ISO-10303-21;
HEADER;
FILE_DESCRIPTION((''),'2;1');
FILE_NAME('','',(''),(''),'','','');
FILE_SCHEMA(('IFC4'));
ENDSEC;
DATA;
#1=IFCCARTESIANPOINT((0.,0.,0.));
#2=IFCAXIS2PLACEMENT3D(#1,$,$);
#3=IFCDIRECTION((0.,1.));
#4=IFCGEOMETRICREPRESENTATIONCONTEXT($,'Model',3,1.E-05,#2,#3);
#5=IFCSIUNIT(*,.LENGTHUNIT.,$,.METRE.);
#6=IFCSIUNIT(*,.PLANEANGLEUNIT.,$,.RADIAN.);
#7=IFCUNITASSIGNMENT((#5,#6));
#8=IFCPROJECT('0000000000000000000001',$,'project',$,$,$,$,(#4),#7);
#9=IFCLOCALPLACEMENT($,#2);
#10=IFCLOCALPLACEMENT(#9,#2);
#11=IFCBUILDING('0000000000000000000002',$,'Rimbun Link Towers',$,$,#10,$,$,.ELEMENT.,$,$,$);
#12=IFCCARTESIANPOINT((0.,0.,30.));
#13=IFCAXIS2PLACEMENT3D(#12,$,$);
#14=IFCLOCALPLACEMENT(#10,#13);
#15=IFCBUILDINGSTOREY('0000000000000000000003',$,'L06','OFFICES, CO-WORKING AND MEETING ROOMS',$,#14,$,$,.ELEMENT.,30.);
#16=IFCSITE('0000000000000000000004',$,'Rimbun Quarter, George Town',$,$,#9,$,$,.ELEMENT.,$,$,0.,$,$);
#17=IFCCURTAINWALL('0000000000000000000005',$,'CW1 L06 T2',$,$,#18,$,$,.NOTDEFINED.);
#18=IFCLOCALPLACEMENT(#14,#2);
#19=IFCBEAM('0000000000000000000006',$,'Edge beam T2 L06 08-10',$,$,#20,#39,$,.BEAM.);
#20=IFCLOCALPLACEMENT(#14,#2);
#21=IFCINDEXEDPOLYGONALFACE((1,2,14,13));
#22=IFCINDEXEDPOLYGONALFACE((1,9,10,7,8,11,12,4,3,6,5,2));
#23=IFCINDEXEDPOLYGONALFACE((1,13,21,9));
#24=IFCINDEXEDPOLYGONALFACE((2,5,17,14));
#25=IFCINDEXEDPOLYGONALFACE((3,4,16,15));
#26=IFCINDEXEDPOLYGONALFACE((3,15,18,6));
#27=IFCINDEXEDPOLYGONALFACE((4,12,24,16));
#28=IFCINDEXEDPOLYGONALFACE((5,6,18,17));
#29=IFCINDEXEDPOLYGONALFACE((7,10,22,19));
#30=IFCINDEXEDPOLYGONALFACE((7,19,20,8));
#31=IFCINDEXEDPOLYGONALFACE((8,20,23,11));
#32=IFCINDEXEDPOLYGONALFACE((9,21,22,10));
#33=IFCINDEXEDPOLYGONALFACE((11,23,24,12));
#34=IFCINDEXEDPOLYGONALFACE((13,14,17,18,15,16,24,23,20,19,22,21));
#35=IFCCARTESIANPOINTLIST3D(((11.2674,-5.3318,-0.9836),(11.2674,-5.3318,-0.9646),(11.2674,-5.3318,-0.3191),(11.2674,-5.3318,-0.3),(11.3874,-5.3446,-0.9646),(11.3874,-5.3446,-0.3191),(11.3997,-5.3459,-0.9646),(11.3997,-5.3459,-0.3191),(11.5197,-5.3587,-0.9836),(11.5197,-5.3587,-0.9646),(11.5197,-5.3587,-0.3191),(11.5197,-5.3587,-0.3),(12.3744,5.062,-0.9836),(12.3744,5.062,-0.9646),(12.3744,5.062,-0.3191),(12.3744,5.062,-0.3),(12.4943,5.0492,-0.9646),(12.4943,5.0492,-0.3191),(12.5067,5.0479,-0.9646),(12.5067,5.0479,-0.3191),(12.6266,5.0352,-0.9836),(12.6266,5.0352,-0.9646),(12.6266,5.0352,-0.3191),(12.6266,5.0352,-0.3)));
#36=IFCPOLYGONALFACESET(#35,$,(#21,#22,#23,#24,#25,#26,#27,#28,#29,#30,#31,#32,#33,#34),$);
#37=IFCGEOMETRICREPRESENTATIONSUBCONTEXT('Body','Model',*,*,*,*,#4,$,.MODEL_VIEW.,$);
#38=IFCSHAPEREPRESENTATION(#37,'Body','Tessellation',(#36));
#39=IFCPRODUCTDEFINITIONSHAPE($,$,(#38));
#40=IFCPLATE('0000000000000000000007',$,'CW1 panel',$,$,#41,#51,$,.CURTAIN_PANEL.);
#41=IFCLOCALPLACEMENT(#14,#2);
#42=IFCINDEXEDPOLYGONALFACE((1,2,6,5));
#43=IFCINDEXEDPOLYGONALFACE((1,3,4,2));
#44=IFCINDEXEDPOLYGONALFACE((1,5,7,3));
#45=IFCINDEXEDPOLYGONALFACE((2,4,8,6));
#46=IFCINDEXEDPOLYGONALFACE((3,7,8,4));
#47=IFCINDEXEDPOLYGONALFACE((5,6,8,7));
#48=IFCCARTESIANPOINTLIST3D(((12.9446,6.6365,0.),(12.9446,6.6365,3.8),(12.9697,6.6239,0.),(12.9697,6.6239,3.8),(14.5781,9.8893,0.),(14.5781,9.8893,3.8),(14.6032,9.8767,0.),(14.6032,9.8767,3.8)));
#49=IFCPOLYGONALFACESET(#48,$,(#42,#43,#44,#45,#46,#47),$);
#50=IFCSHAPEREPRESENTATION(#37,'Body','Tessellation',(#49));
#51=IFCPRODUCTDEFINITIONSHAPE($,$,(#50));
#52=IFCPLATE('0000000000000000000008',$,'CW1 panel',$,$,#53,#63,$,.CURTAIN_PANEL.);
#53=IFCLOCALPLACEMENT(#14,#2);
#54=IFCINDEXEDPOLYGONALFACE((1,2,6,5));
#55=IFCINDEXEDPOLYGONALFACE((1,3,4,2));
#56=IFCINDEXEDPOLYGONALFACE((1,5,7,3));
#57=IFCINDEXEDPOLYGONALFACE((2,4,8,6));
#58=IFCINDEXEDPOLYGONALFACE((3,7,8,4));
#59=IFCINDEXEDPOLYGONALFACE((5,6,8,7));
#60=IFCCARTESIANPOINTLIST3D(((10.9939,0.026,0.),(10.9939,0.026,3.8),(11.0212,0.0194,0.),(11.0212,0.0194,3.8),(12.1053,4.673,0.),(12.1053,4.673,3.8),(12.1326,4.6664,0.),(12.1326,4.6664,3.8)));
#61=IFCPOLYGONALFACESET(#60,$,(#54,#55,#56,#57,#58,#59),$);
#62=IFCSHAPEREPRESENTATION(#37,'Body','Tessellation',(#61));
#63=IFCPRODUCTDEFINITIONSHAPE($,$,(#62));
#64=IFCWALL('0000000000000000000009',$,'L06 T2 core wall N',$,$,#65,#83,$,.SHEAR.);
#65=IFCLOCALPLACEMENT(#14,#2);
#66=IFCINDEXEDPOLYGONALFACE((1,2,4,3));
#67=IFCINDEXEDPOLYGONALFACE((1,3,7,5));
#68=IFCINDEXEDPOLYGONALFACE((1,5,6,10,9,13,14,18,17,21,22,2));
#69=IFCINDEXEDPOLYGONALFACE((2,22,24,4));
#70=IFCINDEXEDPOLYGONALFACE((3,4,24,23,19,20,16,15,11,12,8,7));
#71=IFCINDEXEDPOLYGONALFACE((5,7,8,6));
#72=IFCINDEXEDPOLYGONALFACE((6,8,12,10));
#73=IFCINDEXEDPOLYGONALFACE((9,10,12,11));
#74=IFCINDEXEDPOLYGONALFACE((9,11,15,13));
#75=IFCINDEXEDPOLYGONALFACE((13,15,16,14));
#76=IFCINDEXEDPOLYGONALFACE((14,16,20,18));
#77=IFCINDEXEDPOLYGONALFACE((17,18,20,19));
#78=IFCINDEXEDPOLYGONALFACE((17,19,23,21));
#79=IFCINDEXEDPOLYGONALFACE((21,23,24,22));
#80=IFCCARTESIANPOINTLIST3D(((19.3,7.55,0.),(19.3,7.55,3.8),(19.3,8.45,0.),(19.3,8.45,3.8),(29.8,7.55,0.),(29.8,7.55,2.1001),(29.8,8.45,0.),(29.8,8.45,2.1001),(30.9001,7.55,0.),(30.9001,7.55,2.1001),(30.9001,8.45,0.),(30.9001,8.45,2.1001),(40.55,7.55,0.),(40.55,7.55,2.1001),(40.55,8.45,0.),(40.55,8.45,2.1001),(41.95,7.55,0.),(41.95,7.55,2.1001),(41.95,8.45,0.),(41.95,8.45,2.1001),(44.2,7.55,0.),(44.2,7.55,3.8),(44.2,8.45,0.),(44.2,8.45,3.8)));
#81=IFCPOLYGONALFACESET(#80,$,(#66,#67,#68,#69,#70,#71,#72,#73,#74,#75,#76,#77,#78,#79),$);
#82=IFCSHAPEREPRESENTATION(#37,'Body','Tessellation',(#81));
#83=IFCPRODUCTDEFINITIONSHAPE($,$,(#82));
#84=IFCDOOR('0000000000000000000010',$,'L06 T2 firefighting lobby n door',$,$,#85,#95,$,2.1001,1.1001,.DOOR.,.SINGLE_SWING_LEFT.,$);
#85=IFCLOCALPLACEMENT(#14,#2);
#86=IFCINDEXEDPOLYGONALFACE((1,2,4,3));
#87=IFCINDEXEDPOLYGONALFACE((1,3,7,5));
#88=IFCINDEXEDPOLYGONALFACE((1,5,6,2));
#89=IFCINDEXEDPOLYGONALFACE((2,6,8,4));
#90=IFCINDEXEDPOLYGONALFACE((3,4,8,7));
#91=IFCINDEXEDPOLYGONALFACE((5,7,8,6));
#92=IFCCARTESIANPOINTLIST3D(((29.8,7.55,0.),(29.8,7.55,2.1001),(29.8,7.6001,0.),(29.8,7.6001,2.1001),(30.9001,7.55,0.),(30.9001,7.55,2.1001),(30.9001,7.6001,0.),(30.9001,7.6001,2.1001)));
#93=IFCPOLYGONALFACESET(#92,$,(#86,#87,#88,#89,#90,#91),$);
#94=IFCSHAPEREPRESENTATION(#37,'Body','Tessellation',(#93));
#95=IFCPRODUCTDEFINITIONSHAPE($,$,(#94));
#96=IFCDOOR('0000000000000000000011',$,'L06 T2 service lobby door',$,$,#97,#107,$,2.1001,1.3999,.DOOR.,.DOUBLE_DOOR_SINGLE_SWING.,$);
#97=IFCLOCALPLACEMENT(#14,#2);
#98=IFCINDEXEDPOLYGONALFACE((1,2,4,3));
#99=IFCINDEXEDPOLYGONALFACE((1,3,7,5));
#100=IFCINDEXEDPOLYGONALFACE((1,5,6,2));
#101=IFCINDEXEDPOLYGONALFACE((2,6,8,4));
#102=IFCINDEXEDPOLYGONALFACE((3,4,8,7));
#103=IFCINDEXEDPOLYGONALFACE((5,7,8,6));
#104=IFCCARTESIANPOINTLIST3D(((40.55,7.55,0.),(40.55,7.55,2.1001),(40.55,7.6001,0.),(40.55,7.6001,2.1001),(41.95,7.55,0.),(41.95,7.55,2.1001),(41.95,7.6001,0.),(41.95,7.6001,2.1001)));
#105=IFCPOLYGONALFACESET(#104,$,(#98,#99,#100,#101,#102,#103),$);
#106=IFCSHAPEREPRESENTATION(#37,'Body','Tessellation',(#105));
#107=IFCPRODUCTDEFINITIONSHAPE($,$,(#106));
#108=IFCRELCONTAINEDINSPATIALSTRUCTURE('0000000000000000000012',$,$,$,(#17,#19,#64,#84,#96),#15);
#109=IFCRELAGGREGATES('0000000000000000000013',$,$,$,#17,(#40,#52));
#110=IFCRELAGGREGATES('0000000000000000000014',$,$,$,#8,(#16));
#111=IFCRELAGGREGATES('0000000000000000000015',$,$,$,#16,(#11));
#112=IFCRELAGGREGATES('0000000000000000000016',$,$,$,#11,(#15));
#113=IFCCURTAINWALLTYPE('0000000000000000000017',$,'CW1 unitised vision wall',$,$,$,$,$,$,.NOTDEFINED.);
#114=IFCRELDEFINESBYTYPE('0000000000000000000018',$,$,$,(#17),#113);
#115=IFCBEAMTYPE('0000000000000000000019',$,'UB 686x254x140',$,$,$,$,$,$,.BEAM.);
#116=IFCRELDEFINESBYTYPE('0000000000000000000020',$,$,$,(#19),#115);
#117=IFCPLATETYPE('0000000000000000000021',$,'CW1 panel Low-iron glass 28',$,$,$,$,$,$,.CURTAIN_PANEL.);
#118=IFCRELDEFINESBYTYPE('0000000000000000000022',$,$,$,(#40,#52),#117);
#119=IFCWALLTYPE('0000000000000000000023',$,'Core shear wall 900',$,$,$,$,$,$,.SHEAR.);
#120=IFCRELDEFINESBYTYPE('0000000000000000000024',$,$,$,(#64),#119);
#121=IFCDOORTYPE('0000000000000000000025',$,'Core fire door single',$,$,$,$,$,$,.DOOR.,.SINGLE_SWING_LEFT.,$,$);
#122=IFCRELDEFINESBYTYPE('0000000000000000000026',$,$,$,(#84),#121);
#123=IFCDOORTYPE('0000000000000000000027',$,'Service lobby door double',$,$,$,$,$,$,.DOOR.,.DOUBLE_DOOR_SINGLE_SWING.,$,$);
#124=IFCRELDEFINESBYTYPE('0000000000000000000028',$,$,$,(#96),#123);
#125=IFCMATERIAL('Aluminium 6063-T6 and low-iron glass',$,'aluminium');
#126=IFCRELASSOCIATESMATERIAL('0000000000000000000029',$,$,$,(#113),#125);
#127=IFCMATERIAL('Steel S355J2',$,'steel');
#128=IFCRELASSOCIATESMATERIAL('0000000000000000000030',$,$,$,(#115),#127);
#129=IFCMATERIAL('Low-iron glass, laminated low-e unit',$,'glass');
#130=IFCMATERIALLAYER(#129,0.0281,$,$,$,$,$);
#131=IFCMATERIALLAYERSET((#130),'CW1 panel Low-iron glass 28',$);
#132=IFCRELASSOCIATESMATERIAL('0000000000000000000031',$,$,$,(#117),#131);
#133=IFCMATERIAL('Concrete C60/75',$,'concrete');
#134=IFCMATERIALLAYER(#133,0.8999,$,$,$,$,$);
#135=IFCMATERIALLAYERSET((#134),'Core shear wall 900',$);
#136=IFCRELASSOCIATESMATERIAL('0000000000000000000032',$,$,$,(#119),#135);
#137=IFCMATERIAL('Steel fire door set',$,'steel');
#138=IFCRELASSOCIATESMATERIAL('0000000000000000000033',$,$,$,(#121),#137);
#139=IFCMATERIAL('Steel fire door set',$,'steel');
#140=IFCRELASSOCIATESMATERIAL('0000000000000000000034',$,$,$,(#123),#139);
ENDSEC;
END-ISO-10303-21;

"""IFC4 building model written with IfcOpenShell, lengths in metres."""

from ifc_helpers import new_model, si_unit, direction, frame, frame_2d, origin, origin_2d, place, context, subcontext, project, spatial, rectangle, i_section, extrude, material, layer, layer_set, material_profile, profile_set, type_object, element, fill, aggregate, save


model = new_model("IFC4")

# Units and contexts
model_context = context("Model", 3, precision=1e-05, world=origin(), true_north=direction((0.0, 1.0)))
body_context = subcontext(model_context, "Body", "Model", "MODEL_VIEW")
ifc_project = project(units=[si_unit("LENGTHUNIT", "METRE"), si_unit("PLANEANGLEUNIT", "RADIAN")], contexts=[model_context])

# Site, building, storey
site_placement = place(None, origin())
site = spatial("IfcSite", under=ifc_project, at=site_placement, Name="Rimbun Quarter, George Town", CompositionType="ELEMENT", RefElevation=0.0)
building_placement = place(site_placement, origin())
building = spatial("IfcBuilding", under=site, at=building_placement, Name="Rimbun Link Towers", CompositionType="ELEMENT")
storey_placement = place(building_placement, frame((0.0, 0.0, 30.0)))
storey = spatial("IfcBuildingStorey", under=building, at=storey_placement, Name="L06", Description="OFFICES, CO-WORKING AND MEETING ROOMS", CompositionType="ELEMENT", Elevation=30.0)

# Curtain wall
ifc_material_1 = material(Name="Aluminium 6063-T6 and low-iron glass", Category="aluminium")
curtain_wall_type = type_object("IfcCurtainWallType", Name="CW1 unitised vision wall", PredefinedType="NOTDEFINED", material=ifc_material_1)
curtain_wall_placement = place(storey_placement, origin())
curtain_wall = element("IfcCurtainWall", 1, at=curtain_wall_placement, inside=storey, type_object=curtain_wall_type, Name="CW1 L06 T2", PredefinedType="NOTDEFINED")

# Beam
ifc_material_2 = material(Name="Steel S355J2", Category="steel")
ifc_material_profile_1 = material_profile(ifc_material_2, i_section(OverallWidth=0.2537, OverallDepth=0.6836, WebThickness=0.0125, FlangeThickness=0.019, at=origin_2d()), Name="UB 686x254x140")
ifc_profile_set_1 = profile_set([ifc_material_profile_1], Name="Steel S355J2")
beam_type_1 = type_object("IfcBeamType", Name="UB 686x254x140", PredefinedType="BEAM", material=ifc_profile_set_1)
beam_1_placement = place(storey_placement, frame((12.5005, 5.0486, -0.6418), z_axis=(-0.105901, -0.994377, 0.0), x_axis=(0.994377, -0.105901, 0.0)))
element("IfcBeam", 2, at=beam_1_placement, inside=storey, type_object=beam_type_1, Name="Edge beam T2 L06 08-10", PredefinedType="BEAM", context=body_context, shape_type="SweptSolid", body=[
    extrude(i_section(OverallWidth=0.2537, OverallDepth=0.6836, WebThickness=0.0125, FlangeThickness=0.019, at=origin_2d()), origin(), (0.0, 0.0, 1.0), 10.4526),
])

# Plates
ifc_material_3 = material(Name="Low-iron glass, laminated low-e unit", Category="glass")
ifc_layer_1 = layer(ifc_material_3, 0.0281)
ifc_layer_set_1 = layer_set([ifc_layer_1], Name="CW1 panel Low-iron glass 28")
plate_type = type_object("IfcPlateType", Name="CW1 panel Low-iron glass 28", PredefinedType="CURTAIN_PANEL", material=ifc_layer_set_1)
plate_1_placement = place(storey_placement, frame((13.7739, 8.2566, 0.0), z_axis=(0.0, 0.0, 1.0), x_axis=(0.448773, 0.893646, 0.0)))
plate_1 = element("IfcPlate", 3, at=plate_1_placement, type_object=plate_type, Name="CW1 panel", PredefinedType="CURTAIN_PANEL", context=body_context, shape_type="SweptSolid", body=[
    extrude(rectangle(XDim=3.6399, YDim=0.0281, at=origin_2d()), origin(), (0.0, 0.0, 1.0), 3.8),
])
plate_2_placement = place(storey_placement, frame((11.5632, 2.3462, 0.0), z_axis=(0.0, 0.0, 1.0), x_axis=(0.232613, 0.972569, 0.0)))
plate_2 = element("IfcPlate", 4, at=plate_2_placement, type_object=plate_type, Name="CW1 panel", PredefinedType="CURTAIN_PANEL", context=body_context, shape_type="SweptSolid", body=[
    extrude(rectangle(XDim=4.7781, YDim=0.0281, at=origin_2d()), origin(), (0.0, 0.0, 1.0), 3.8),
])
aggregate(curtain_wall, [plate_1, plate_2])

# Wall, openings, doors
ifc_material_4 = material(Name="Concrete C60/75", Category="concrete")
ifc_layer_2 = layer(ifc_material_4, 0.8999)
ifc_layer_set_2 = layer_set([ifc_layer_2], Name="Core shear wall 900")
wall_type_1 = type_object("IfcWallType", Name="Core shear wall 900", PredefinedType="SHEAR", material=ifc_layer_set_2)
wall_1_placement = place(storey_placement, frame((19.3, 8.0, 0.0), z_axis=(0.0, 0.0, 1.0), x_axis=(1.0, 0.0, 0.0)))
wall_1 = element("IfcWall", 5, at=wall_1_placement, inside=storey, type_object=wall_type_1, Name="L06 T2 core wall N", PredefinedType="SHEAR", context=body_context, shape_type="SweptSolid", body=[
    extrude(rectangle(XDim=24.8999, YDim=0.8999, at=frame_2d((12.45, 0.0))), origin(), (0.0, 0.0, 1.0), 3.8),
])
opening_1_placement = place(wall_1_placement, frame((10.5, 0.0, 0.0)))
opening_1 = element("IfcOpeningElement", 6, at=opening_1_placement, cuts=wall_1, PredefinedType="OPENING", context=body_context, shape_type="SweptSolid", body=[
    extrude(rectangle(XDim=1.1001, YDim=2.1001, at=frame_2d((0.55, 1.05))), frame((0.0, 0.46, 0.0), z_axis=(0.0, -1.0, 0.0), x_axis=(1.0, 0.0, 0.0)), (0.0, 0.0, 1.0), 0.9199),
])
opening_2_placement = place(wall_1_placement, frame((21.25, 0.0, 0.0)))
opening_2 = element("IfcOpeningElement", 7, at=opening_2_placement, cuts=wall_1, PredefinedType="OPENING", context=body_context, shape_type="SweptSolid", body=[
    extrude(rectangle(XDim=1.3999, YDim=2.1001, at=frame_2d((0.7, 1.05))), frame((0.0, 0.46, 0.0), z_axis=(0.0, -1.0, 0.0), x_axis=(1.0, 0.0, 0.0)), (0.0, 0.0, 1.0), 0.9199),
])
ifc_material_5 = material(Name="Steel fire door set", Category="steel")
door_type_1 = type_object("IfcDoorType", Name="Core fire door single", OperationType="SINGLE_SWING_LEFT", PredefinedType="DOOR", material=ifc_material_5)
door_1_placement = place(opening_1_placement, origin())
door_1 = element("IfcDoor", 8, at=door_1_placement, inside=storey, type_object=door_type_1, Name="L06 T2 firefighting lobby n door", OperationType="SINGLE_SWING_LEFT", OverallHeight=2.1001, OverallWidth=1.1001, PredefinedType="DOOR", context=body_context, shape_type="SweptSolid", body=[
    extrude(rectangle(XDim=1.1001, YDim=2.1001, at=frame_2d((0.55, 1.05))), frame((0.0, -0.3999, 0.0), z_axis=(0.0, -1.0, 0.0), x_axis=(1.0, 0.0, 0.0)), (0.0, 0.0, 1.0), 0.05),
])
fill(opening_1, door_1)
ifc_material_6 = material(Name="Steel fire door set", Category="steel")
door_type_2 = type_object("IfcDoorType", Name="Service lobby door double", OperationType="DOUBLE_DOOR_SINGLE_SWING", PredefinedType="DOOR", material=ifc_material_6)
door_2_placement = place(opening_2_placement, origin())
door_2 = element("IfcDoor", 9, at=door_2_placement, inside=storey, type_object=door_type_2, Name="L06 T2 service lobby door", OperationType="DOUBLE_DOOR_SINGLE_SWING", OverallHeight=2.1001, OverallWidth=1.3999, PredefinedType="DOOR", context=body_context, shape_type="SweptSolid", body=[
    extrude(rectangle(XDim=1.3999, YDim=2.1001, at=frame_2d((0.7, 1.05))), frame((0.0, -0.3999, 0.0), z_axis=(0.0, -1.0, 0.0), x_axis=(1.0, 0.0, 0.0)), (0.0, 0.0, 1.0), 0.05),
])
fill(opening_2, door_2)

save(model, "model.ifc")
